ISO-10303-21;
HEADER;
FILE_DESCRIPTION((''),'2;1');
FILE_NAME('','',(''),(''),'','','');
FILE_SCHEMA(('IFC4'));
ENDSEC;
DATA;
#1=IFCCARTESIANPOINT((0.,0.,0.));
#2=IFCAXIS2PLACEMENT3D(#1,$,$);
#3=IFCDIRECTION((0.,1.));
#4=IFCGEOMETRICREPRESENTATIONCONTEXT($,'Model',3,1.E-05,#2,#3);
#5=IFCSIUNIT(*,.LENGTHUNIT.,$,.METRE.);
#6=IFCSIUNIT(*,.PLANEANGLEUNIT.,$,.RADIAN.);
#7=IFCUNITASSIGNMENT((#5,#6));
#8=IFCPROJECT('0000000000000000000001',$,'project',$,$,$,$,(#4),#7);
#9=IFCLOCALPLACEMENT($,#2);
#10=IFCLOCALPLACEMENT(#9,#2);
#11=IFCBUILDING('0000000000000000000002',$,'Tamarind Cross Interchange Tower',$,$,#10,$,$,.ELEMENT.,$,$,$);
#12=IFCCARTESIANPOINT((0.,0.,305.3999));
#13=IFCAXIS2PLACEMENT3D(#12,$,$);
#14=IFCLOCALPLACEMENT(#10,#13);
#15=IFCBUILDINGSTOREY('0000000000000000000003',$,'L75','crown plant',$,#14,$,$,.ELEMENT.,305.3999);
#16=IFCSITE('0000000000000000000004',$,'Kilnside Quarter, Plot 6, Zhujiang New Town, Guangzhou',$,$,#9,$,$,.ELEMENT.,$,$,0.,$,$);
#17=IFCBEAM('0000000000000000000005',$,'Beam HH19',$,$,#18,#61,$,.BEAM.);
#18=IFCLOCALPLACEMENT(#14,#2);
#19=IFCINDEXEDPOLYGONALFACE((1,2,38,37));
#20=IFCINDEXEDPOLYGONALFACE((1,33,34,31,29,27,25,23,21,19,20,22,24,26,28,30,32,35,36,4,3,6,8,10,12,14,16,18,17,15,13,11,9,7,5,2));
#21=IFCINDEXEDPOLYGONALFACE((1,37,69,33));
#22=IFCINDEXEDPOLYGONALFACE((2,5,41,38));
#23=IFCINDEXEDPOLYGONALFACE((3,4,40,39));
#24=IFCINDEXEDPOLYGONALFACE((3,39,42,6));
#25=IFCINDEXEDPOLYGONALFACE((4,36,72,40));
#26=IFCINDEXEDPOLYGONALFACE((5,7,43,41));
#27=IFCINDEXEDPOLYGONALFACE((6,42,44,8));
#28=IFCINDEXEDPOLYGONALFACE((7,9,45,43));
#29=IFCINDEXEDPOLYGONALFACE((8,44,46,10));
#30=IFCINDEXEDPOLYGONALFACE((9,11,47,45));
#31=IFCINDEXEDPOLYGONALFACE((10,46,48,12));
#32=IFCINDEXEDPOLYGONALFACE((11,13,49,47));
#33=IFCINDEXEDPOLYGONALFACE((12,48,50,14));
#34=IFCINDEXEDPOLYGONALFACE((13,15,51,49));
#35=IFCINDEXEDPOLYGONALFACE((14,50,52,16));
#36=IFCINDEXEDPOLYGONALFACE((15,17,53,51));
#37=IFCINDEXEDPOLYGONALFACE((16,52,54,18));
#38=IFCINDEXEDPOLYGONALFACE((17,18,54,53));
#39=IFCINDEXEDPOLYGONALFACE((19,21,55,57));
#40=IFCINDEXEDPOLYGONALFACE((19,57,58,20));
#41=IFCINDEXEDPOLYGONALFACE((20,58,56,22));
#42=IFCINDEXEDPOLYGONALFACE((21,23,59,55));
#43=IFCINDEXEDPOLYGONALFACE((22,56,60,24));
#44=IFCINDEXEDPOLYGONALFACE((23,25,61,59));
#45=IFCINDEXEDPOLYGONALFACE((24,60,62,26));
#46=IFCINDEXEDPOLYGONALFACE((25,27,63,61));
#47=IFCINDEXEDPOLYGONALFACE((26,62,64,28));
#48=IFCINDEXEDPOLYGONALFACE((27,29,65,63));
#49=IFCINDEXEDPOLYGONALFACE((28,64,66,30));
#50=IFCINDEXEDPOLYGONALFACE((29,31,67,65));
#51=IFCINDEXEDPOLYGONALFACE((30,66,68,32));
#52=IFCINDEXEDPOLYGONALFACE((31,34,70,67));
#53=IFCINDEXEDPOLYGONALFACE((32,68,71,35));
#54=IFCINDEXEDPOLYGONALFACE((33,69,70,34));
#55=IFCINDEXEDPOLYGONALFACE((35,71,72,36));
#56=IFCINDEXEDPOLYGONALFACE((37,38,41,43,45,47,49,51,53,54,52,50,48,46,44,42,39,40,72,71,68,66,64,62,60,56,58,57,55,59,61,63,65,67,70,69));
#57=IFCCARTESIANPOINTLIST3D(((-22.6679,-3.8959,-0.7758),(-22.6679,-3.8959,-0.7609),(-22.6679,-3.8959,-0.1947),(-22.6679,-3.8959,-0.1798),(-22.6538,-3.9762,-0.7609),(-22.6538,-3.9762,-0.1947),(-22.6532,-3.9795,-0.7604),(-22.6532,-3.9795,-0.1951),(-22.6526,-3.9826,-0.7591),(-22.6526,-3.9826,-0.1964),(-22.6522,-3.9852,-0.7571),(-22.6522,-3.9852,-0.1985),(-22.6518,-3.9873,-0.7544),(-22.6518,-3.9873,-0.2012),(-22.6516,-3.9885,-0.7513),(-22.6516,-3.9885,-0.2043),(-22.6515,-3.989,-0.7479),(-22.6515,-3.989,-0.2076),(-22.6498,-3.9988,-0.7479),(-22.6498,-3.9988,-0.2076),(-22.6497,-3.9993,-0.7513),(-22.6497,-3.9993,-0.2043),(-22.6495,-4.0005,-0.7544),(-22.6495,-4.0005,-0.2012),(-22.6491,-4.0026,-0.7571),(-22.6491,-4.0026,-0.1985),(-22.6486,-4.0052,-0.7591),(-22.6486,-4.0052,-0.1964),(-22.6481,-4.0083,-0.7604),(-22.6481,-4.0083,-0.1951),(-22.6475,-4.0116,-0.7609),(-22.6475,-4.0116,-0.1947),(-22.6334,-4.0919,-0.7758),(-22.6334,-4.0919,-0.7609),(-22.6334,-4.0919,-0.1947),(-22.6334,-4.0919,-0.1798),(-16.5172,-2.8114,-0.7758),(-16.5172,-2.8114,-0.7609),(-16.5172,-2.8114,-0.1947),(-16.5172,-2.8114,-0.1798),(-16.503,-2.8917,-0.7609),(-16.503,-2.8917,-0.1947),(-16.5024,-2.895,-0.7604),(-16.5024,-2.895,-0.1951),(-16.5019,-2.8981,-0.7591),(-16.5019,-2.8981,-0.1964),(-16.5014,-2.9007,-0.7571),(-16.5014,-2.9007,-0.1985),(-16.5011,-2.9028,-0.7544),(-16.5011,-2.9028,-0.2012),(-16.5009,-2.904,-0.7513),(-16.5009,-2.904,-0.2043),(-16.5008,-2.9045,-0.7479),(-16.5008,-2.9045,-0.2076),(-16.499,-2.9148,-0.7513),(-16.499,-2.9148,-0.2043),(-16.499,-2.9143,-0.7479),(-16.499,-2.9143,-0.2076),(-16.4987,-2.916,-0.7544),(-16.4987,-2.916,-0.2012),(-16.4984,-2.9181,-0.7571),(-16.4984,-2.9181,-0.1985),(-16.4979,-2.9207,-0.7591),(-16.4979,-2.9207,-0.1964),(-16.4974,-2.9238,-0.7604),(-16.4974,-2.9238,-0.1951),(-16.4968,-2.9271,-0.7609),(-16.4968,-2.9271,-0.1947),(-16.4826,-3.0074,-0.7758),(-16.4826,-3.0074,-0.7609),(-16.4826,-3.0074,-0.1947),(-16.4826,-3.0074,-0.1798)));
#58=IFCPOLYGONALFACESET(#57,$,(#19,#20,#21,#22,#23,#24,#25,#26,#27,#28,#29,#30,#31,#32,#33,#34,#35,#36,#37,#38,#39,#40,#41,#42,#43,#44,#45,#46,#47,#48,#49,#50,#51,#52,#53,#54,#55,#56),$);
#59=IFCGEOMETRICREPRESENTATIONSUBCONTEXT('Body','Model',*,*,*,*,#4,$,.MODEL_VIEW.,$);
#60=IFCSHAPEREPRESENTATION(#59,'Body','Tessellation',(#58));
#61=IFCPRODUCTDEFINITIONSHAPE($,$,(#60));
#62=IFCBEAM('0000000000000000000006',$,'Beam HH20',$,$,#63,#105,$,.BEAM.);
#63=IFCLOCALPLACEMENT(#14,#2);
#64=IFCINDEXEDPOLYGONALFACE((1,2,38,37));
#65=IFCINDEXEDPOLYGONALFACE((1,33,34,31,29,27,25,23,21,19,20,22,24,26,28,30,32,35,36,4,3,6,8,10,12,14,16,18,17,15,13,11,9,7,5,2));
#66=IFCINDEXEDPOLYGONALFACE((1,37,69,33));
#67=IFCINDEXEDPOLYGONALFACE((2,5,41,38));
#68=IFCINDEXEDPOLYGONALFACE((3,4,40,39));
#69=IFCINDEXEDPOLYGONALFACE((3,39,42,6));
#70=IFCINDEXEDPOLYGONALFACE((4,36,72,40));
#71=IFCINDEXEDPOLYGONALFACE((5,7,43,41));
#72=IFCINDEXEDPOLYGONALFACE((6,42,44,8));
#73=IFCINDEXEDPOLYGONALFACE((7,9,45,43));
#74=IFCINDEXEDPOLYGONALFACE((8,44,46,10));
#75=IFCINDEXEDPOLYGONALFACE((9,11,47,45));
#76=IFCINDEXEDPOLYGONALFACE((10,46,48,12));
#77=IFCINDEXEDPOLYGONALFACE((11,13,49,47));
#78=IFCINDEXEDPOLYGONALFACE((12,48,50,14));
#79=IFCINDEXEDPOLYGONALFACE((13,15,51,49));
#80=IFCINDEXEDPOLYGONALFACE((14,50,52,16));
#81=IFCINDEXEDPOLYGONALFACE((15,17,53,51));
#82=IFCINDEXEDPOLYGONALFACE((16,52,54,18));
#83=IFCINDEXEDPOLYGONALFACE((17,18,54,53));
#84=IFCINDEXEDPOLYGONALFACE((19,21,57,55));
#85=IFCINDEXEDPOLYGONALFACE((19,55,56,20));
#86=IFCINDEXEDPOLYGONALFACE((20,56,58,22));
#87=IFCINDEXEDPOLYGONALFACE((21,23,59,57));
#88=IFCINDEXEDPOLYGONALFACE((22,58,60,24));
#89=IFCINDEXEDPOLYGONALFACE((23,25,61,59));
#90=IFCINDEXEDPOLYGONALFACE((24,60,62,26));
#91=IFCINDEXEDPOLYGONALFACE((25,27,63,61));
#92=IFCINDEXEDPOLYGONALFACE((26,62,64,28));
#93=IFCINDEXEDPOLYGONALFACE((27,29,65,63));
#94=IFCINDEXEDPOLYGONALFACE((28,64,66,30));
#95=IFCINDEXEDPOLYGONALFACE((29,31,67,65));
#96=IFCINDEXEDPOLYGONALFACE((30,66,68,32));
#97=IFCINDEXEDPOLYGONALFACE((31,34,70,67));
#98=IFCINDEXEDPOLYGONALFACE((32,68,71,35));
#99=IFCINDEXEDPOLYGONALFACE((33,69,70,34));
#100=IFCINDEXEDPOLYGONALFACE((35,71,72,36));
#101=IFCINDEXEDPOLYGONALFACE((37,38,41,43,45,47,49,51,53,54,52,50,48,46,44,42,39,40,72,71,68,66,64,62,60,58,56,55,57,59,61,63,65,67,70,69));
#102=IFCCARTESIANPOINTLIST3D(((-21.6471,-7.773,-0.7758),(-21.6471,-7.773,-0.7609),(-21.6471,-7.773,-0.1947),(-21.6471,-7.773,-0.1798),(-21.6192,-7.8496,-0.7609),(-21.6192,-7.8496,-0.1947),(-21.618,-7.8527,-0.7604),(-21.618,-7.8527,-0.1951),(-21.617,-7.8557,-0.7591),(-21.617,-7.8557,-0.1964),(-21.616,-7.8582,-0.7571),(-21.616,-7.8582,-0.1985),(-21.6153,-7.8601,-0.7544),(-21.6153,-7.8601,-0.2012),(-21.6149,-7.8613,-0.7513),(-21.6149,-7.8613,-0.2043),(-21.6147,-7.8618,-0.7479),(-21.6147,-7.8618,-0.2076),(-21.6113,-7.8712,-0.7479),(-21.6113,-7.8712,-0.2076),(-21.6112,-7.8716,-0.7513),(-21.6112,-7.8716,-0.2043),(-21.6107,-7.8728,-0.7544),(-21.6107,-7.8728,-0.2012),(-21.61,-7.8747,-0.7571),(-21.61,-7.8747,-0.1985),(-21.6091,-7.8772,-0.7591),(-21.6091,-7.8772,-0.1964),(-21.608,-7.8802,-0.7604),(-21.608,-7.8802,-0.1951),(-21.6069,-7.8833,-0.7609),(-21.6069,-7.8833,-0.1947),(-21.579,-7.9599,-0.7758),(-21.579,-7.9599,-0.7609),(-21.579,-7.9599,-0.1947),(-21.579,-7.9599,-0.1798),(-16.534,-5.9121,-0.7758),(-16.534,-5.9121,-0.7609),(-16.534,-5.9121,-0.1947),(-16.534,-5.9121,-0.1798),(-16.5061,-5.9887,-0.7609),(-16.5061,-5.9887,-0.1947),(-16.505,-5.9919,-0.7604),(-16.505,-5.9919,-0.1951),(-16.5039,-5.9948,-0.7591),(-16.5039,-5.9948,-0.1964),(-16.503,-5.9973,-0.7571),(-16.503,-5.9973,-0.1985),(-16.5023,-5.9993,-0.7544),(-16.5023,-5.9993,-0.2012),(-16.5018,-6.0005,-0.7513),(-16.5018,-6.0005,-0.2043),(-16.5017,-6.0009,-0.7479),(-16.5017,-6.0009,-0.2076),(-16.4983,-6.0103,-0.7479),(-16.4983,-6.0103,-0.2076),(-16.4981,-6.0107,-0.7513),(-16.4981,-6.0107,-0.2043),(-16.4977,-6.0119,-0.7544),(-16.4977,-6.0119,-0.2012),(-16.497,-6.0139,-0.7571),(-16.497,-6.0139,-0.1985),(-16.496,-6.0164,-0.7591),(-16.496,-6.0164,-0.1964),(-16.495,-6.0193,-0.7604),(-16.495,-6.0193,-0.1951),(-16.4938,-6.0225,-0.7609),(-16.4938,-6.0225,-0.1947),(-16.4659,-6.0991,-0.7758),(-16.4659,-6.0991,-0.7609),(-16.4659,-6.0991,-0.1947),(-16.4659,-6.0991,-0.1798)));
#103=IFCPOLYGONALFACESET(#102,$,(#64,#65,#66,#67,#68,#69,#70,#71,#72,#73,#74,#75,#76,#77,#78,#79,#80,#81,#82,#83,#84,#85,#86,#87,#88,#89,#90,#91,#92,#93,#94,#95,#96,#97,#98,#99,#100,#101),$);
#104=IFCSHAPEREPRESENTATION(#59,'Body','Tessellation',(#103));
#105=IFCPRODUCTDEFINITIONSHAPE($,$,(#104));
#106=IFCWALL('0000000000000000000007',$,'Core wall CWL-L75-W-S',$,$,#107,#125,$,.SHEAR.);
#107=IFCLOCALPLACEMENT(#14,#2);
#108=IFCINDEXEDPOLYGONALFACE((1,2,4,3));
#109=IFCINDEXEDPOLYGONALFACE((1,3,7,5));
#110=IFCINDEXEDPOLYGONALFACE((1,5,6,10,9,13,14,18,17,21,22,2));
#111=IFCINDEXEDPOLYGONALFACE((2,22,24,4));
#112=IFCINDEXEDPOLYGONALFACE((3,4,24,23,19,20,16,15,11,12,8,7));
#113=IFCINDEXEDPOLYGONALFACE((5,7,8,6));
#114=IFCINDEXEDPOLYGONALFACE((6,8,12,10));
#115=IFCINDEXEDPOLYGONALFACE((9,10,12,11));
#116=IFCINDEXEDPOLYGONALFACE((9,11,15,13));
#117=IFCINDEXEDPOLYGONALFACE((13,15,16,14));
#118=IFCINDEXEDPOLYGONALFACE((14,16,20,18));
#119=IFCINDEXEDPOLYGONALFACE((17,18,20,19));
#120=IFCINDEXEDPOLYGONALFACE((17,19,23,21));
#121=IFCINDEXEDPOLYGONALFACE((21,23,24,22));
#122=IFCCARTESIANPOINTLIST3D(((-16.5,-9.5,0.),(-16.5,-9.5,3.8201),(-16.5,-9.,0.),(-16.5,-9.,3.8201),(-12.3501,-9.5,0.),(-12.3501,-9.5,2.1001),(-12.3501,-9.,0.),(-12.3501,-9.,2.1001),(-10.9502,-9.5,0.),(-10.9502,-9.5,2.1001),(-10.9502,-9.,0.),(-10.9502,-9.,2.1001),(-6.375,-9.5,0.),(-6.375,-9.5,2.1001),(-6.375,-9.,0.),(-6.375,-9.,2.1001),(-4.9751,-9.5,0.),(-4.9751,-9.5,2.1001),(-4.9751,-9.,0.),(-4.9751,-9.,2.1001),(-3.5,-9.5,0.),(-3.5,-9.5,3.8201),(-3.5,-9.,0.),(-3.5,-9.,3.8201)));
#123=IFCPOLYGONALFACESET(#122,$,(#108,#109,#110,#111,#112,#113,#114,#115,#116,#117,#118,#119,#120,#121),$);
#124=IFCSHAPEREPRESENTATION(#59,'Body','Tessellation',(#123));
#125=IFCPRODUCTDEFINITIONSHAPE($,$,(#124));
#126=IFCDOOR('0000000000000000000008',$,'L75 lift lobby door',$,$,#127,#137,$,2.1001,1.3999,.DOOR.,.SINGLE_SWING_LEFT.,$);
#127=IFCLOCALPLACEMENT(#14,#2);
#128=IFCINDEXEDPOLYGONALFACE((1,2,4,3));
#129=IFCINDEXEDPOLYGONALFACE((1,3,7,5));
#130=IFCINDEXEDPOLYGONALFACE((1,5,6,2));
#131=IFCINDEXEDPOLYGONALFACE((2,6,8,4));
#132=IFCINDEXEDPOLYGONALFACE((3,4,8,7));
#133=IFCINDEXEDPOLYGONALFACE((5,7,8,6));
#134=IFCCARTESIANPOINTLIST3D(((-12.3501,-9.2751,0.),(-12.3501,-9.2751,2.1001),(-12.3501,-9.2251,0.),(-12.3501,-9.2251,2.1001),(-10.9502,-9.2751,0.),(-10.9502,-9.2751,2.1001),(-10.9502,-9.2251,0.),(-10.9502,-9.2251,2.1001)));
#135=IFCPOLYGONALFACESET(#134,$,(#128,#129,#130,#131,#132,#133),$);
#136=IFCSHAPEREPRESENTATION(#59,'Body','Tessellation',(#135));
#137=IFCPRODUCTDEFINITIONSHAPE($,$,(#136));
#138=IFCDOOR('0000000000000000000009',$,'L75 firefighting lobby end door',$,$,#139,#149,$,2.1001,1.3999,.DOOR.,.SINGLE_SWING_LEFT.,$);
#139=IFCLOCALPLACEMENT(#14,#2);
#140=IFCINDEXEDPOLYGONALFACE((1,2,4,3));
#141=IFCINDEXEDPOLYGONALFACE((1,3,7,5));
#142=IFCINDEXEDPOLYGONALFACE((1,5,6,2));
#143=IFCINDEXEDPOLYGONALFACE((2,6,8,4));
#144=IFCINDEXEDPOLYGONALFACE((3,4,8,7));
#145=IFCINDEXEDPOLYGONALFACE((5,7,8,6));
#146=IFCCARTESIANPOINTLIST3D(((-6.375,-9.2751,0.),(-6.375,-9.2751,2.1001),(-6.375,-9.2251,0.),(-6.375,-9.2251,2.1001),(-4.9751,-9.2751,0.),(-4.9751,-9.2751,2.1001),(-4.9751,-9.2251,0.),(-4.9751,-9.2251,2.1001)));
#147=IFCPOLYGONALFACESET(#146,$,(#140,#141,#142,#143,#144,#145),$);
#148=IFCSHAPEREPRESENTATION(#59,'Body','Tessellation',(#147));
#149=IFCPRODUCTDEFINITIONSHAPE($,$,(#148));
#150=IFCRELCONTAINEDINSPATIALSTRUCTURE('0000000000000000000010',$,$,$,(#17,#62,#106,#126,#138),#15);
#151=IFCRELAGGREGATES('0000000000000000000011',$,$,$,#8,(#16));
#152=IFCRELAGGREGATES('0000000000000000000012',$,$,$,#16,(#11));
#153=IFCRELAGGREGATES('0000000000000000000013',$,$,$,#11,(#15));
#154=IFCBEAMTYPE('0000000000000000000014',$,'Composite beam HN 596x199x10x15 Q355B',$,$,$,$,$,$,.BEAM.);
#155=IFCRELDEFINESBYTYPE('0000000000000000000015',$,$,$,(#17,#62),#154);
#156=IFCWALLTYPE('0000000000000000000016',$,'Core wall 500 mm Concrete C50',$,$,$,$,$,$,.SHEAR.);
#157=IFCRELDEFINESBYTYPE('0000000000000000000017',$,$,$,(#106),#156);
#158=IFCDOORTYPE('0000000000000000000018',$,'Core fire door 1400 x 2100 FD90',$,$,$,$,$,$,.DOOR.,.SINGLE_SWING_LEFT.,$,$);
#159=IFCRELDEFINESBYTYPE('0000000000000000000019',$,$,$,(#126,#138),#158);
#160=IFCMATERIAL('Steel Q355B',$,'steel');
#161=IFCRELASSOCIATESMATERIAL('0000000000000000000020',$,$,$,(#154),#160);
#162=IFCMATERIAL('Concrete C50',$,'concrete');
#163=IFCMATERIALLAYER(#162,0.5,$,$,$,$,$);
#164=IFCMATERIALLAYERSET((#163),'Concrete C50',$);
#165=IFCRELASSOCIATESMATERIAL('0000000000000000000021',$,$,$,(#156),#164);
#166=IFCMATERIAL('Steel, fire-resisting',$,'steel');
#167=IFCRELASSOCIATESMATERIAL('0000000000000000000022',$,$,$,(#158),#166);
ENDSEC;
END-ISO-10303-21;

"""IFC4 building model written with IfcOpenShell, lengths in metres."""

from ifc_helpers import new_model, si_unit, direction, frame, frame_2d, origin, origin_2d, place, context, subcontext, project, spatial, rectangle, i_section, extrude, material, layer, layer_set, material_profile, profile_set, type_object, element, fill, save


model = new_model("IFC4")

# Units and contexts
model_context = context("Model", 3, precision=1e-05, world=origin(), true_north=direction((0.0, 1.0)))
body_context = subcontext(model_context, "Body", "Model", "MODEL_VIEW")
ifc_project = project(units=[si_unit("LENGTHUNIT", "METRE"), si_unit("PLANEANGLEUNIT", "RADIAN")], contexts=[model_context])

# Site, building, storey
site_placement = place(None, origin())
site = spatial("IfcSite", under=ifc_project, at=site_placement, Name="Kilnside Quarter, Plot 6, Zhujiang New Town, Guangzhou", CompositionType="ELEMENT", RefElevation=0.0)
building_placement = place(site_placement, origin())
building = spatial("IfcBuilding", under=site, at=building_placement, Name="Tamarind Cross Interchange Tower", CompositionType="ELEMENT")
storey_placement = place(building_placement, frame((0.0, 0.0, 305.3999)))
storey = spatial("IfcBuildingStorey", under=building, at=storey_placement, Name="L75", Description="crown plant", CompositionType="ELEMENT", Elevation=305.3999)

# Beams
ifc_material_1 = material(Name="Steel Q355B", Category="steel")
ifc_material_profile_1 = material_profile(ifc_material_1, i_section(OverallWidth=0.199, OverallDepth=0.5959, WebThickness=0.01, FlangeThickness=0.0149, FilletRadius=0.0129, at=origin_2d()), Name="HN 596x199x10x15")
ifc_profile_set_1 = profile_set([ifc_material_profile_1], Name="Steel Q355B")
beam_type = type_object("IfcBeamType", Name="Composite beam HN 596x199x10x15 Q355B", PredefinedType="BEAM", material=ifc_profile_set_1)
beam_1_placement = place(storey_placement, frame((-22.6506, -3.9939, -0.4778), z_axis=(0.984809, 0.17364, 0.0), x_axis=(-0.17364, 0.984809, 0.0)))
element("IfcBeam", 1, at=beam_1_placement, inside=storey, type_object=beam_type, Name="Beam HH19", PredefinedType="BEAM", context=body_context, shape_type="SweptSolid", body=[
    extrude(i_section(OverallWidth=0.199, OverallDepth=0.5959, WebThickness=0.01, FlangeThickness=0.0149, FilletRadius=0.0129, at=origin_2d()), origin(), (0.0, 0.0, 1.0), 6.2456),
])
beam_2_placement = place(storey_placement, frame((-21.613, -7.8665, -0.4778), z_axis=(0.939702, 0.341995, 0.0), x_axis=(-0.341995, 0.939702, 0.0)))
element("IfcBeam", 2, at=beam_2_placement, inside=storey, type_object=beam_type, Name="Beam HH20", PredefinedType="BEAM", context=body_context, shape_type="SweptSolid", body=[
    extrude(i_section(OverallWidth=0.199, OverallDepth=0.5959, WebThickness=0.01, FlangeThickness=0.0149, FilletRadius=0.0129, at=origin_2d()), origin(), (0.0, 0.0, 1.0), 5.4412),
])

# Wall, openings, doors
ifc_material_2 = material(Name="Concrete C50", Category="concrete")
ifc_layer_1 = layer(ifc_material_2, 0.5)
ifc_layer_set_1 = layer_set([ifc_layer_1], Name="Concrete C50")
wall_type_1 = type_object("IfcWallType", Name="Core wall 500 mm Concrete C50", PredefinedType="SHEAR", material=ifc_layer_set_1)
wall_1_placement = place(storey_placement, frame((-16.5, -9.25, 0.0), z_axis=(0.0, 0.0, 1.0), x_axis=(1.0, 0.0, 0.0)))
wall_1 = element("IfcWall", 3, at=wall_1_placement, inside=storey, type_object=wall_type_1, Name="Core wall CWL-L75-W-S", PredefinedType="SHEAR", context=body_context, shape_type="SweptSolid", body=[
    extrude(rectangle(XDim=13.0, YDim=0.5, at=frame_2d((6.5, 0.0))), origin(), (0.0, 0.0, 1.0), 3.8201),
])
opening_1_placement = place(wall_1_placement, frame((4.1499, 0.0, 0.0)))
opening_1 = element("IfcOpeningElement", 4, at=opening_1_placement, cuts=wall_1, PredefinedType="OPENING", context=body_context, shape_type="SweptSolid", body=[
    extrude(rectangle(XDim=1.3999, YDim=2.1001, at=frame_2d((0.7, 1.05))), frame((0.0, 0.26, 0.0), z_axis=(0.0, -1.0, 0.0), x_axis=(1.0, 0.0, 0.0)), (0.0, 0.0, 1.0), 0.52),
])
opening_2_placement = place(wall_1_placement, frame((10.125, 0.0, 0.0)))
opening_2 = element("IfcOpeningElement", 5, at=opening_2_placement, cuts=wall_1, PredefinedType="OPENING", context=body_context, shape_type="SweptSolid", body=[
    extrude(rectangle(XDim=1.3999, YDim=2.1001, at=frame_2d((0.7, 1.05))), frame((0.0, 0.26, 0.0), z_axis=(0.0, -1.0, 0.0), x_axis=(1.0, 0.0, 0.0)), (0.0, 0.0, 1.0), 0.52),
])
ifc_material_3 = material(Name="Steel, fire-resisting", Category="steel")
door_type_1 = type_object("IfcDoorType", Name="Core fire door 1400 x 2100 FD90", OperationType="SINGLE_SWING_LEFT", PredefinedType="DOOR", material=ifc_material_3)
door_1_placement = place(opening_1_placement, origin())
door_1 = element("IfcDoor", 6, at=door_1_placement, inside=storey, type_object=door_type_1, Name="L75 lift lobby door", OperationType="SINGLE_SWING_LEFT", OverallHeight=2.1001, OverallWidth=1.3999, PredefinedType="DOOR", context=body_context, shape_type="SweptSolid", body=[
    extrude(rectangle(XDim=1.3999, YDim=2.1001, at=frame_2d((0.7, 1.05))), frame((0.0, 0.0249, 0.0), z_axis=(0.0, -1.0, 0.0), x_axis=(1.0, 0.0, 0.0)), (0.0, 0.0, 1.0), 0.05),
])
fill(opening_1, door_1)
door_2_placement = place(opening_2_placement, origin())
door_2 = element("IfcDoor", 7, at=door_2_placement, inside=storey, type_object=door_type_1, Name="L75 firefighting lobby end door", OperationType="SINGLE_SWING_LEFT", OverallHeight=2.1001, OverallWidth=1.3999, PredefinedType="DOOR", context=body_context, shape_type="SweptSolid", body=[
    extrude(rectangle(XDim=1.3999, YDim=2.1001, at=frame_2d((0.7, 1.05))), frame((0.0, 0.0249, 0.0), z_axis=(0.0, -1.0, 0.0), x_axis=(1.0, 0.0, 0.0)), (0.0, 0.0, 1.0), 0.05),
])
fill(opening_2, door_2)

save(model, "model.ifc")
